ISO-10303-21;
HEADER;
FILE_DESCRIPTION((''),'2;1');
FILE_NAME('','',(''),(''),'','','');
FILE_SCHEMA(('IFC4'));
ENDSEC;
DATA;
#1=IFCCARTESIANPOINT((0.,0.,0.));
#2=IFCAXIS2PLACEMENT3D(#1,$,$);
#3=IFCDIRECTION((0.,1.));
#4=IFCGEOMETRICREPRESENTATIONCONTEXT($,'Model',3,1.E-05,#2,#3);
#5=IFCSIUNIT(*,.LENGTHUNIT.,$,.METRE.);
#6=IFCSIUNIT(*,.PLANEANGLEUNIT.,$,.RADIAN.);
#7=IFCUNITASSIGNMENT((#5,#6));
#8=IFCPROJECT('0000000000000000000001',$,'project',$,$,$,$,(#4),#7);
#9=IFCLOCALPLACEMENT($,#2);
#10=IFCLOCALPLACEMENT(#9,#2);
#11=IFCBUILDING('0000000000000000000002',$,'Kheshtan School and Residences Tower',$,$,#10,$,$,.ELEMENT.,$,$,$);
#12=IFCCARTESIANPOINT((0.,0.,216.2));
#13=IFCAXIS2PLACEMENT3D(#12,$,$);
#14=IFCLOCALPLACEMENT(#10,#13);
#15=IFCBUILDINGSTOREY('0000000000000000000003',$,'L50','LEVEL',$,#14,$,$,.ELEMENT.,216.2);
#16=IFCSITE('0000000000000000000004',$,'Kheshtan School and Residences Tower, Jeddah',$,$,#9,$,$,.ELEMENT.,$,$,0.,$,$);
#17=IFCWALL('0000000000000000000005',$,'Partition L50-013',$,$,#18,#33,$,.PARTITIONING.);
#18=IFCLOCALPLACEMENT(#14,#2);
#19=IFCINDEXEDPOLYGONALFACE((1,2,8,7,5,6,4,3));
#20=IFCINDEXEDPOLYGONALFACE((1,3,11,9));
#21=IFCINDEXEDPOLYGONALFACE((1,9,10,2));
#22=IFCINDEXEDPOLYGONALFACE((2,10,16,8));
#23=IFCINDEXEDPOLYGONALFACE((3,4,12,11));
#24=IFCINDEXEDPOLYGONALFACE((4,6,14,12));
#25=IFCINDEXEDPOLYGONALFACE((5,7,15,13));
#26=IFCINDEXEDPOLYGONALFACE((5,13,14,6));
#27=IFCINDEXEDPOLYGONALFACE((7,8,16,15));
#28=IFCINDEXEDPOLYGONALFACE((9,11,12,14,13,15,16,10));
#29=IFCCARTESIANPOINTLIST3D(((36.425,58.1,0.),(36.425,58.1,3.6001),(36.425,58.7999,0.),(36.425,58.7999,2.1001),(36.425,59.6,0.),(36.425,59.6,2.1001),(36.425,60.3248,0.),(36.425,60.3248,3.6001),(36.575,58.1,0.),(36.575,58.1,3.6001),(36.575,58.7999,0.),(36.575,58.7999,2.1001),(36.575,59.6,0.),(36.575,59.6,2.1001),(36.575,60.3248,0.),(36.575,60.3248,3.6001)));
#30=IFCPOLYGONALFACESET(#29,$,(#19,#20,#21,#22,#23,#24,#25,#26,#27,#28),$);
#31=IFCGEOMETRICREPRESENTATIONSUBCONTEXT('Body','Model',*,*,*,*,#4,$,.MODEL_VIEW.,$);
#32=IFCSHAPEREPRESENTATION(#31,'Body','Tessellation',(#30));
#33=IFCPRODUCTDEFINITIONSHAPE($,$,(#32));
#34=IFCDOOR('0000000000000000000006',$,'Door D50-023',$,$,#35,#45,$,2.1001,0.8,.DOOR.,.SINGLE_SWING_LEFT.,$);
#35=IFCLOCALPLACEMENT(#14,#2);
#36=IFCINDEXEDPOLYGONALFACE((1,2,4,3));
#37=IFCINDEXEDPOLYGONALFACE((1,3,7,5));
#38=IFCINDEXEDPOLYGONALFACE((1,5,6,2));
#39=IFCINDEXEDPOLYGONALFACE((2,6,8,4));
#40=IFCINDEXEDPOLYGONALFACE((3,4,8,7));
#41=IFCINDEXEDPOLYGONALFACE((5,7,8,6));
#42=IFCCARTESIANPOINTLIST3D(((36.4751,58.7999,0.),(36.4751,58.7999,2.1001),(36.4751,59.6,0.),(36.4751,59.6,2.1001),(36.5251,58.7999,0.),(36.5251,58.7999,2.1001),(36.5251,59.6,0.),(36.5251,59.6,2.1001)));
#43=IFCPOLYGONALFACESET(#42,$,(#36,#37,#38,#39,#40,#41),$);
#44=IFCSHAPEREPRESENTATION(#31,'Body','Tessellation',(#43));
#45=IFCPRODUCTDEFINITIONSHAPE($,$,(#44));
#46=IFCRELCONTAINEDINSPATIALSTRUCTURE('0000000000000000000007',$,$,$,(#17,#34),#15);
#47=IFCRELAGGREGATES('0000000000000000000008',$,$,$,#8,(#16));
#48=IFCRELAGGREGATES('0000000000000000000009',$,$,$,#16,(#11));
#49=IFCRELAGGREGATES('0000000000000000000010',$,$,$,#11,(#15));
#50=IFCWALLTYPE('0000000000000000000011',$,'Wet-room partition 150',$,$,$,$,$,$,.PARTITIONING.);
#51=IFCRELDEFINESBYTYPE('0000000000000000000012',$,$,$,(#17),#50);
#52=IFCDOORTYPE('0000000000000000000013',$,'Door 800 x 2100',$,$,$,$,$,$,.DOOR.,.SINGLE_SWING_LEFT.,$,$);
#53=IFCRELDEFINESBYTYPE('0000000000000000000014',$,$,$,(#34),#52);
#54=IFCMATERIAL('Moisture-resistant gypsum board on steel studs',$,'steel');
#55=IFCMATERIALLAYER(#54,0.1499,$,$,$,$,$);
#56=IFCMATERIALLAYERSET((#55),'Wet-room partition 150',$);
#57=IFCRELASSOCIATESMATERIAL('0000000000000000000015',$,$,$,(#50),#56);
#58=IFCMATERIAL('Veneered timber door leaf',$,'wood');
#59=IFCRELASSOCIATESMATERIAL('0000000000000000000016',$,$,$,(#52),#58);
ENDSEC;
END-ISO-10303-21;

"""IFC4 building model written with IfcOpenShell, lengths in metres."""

from ifc_helpers import new_model, si_unit, direction, frame, frame_2d, origin, place, context, subcontext, project, spatial, rectangle, extrude, source, transform, mapped, material, layer, layer_set, type_object, element, fill, save


model = new_model("IFC4")

# Units and contexts
model_context = context("Model", 3, precision=1e-05, world=origin(), true_north=direction((0.0, 1.0)))
body_context = subcontext(model_context, "Body", "Model", "MODEL_VIEW")
ifc_project = project(units=[si_unit("LENGTHUNIT", "METRE"), si_unit("PLANEANGLEUNIT", "RADIAN")], contexts=[model_context])

# Site, building, storey
site_placement = place(None, origin())
site = spatial("IfcSite", under=ifc_project, at=site_placement, Name="Kheshtan School and Residences Tower, Jeddah", CompositionType="ELEMENT", RefElevation=0.0)
building_placement = place(site_placement, origin())
building = spatial("IfcBuilding", under=site, at=building_placement, Name="Kheshtan School and Residences Tower", CompositionType="ELEMENT")
storey_placement = place(building_placement, frame((0.0, 0.0, 216.2)))
storey = spatial("IfcBuildingStorey", under=building, at=storey_placement, Name="L50", Description="LEVEL", CompositionType="ELEMENT", Elevation=216.2)

# Shared definitions
ifc_material_1 = material(Name="Veneered timber door leaf", Category="wood")

# Shared definitions
ifc_material_2 = material(Name="Moisture-resistant gypsum board on steel studs", Category="steel")
ifc_layer_1 = layer(ifc_material_2, 0.1499)
ifc_layer_set_1 = layer_set([ifc_layer_1], Name="Wet-room partition 150")
wall_type_1 = type_object("IfcWallType", Name="Wet-room partition 150", PredefinedType="PARTITIONING", material=ifc_layer_set_1)

# Wall, opening, door
wall_1_placement = place(storey_placement, frame((36.5, 58.1001, 0.0), z_axis=(0.0, 0.0, 1.0), x_axis=(0.0, 1.0, 0.0)))
wall_1 = element("IfcWall", 1, at=wall_1_placement, inside=storey, type_object=wall_type_1, Name="Partition L50-013", PredefinedType="PARTITIONING", context=body_context, shape_type="SweptSolid", body=[
    extrude(rectangle(XDim=2.2249, YDim=0.1499, at=frame_2d((1.1123, 0.0))), origin(), (0.0, 0.0, 1.0), 3.6001),
])
opening_1_placement = place(wall_1_placement, frame((0.7, 0.0, 0.0)))
opening_1 = element("IfcOpeningElement", 2, at=opening_1_placement, cuts=wall_1, PredefinedType="OPENING", context=body_context, shape_type="SweptSolid", body=[
    extrude(rectangle(XDim=0.8, YDim=2.1001, at=frame_2d((0.3999, 1.05))), frame((0.0, 0.085, 0.0), z_axis=(0.0, -1.0, 0.0), x_axis=(1.0, 0.0, 0.0)), (0.0, 0.0, 1.0), 0.1699),
])
door_type_1 = type_object("IfcDoorType", Name="Door 800 x 2100", OperationType="SINGLE_SWING_LEFT", PredefinedType="DOOR", material=ifc_material_1)
shared_shape_1 = source(origin(), body_context, "Body", "SweptSolid", [
    extrude(rectangle(XDim=0.8, YDim=2.1001, at=frame_2d((0.3999, 1.05))), frame((0.0, 0.0249, 0.0), z_axis=(0.0, -1.0, 0.0), x_axis=(1.0, 0.0, 0.0)), (0.0, 0.0, 1.0), 0.05),
])
door_1_placement = place(opening_1_placement, origin())
door_1 = element("IfcDoor", 3, at=door_1_placement, inside=storey, type_object=door_type_1, Name="Door D50-023", OperationType="SINGLE_SWING_LEFT", OverallHeight=2.1001, OverallWidth=0.8, PredefinedType="DOOR", context=body_context, shape_type="MappedRepresentation", body=[
    mapped(shared_shape_1, transform((0.0, 0.0, 0.0), x_axis=(1.0, 0.0, 0.0), y_axis=(0.0, 1.0, 0.0), z_axis=(0.0, 0.0, 1.0), scale=1.0)),
])
fill(opening_1, door_1)

save(model, "model.ifc")
